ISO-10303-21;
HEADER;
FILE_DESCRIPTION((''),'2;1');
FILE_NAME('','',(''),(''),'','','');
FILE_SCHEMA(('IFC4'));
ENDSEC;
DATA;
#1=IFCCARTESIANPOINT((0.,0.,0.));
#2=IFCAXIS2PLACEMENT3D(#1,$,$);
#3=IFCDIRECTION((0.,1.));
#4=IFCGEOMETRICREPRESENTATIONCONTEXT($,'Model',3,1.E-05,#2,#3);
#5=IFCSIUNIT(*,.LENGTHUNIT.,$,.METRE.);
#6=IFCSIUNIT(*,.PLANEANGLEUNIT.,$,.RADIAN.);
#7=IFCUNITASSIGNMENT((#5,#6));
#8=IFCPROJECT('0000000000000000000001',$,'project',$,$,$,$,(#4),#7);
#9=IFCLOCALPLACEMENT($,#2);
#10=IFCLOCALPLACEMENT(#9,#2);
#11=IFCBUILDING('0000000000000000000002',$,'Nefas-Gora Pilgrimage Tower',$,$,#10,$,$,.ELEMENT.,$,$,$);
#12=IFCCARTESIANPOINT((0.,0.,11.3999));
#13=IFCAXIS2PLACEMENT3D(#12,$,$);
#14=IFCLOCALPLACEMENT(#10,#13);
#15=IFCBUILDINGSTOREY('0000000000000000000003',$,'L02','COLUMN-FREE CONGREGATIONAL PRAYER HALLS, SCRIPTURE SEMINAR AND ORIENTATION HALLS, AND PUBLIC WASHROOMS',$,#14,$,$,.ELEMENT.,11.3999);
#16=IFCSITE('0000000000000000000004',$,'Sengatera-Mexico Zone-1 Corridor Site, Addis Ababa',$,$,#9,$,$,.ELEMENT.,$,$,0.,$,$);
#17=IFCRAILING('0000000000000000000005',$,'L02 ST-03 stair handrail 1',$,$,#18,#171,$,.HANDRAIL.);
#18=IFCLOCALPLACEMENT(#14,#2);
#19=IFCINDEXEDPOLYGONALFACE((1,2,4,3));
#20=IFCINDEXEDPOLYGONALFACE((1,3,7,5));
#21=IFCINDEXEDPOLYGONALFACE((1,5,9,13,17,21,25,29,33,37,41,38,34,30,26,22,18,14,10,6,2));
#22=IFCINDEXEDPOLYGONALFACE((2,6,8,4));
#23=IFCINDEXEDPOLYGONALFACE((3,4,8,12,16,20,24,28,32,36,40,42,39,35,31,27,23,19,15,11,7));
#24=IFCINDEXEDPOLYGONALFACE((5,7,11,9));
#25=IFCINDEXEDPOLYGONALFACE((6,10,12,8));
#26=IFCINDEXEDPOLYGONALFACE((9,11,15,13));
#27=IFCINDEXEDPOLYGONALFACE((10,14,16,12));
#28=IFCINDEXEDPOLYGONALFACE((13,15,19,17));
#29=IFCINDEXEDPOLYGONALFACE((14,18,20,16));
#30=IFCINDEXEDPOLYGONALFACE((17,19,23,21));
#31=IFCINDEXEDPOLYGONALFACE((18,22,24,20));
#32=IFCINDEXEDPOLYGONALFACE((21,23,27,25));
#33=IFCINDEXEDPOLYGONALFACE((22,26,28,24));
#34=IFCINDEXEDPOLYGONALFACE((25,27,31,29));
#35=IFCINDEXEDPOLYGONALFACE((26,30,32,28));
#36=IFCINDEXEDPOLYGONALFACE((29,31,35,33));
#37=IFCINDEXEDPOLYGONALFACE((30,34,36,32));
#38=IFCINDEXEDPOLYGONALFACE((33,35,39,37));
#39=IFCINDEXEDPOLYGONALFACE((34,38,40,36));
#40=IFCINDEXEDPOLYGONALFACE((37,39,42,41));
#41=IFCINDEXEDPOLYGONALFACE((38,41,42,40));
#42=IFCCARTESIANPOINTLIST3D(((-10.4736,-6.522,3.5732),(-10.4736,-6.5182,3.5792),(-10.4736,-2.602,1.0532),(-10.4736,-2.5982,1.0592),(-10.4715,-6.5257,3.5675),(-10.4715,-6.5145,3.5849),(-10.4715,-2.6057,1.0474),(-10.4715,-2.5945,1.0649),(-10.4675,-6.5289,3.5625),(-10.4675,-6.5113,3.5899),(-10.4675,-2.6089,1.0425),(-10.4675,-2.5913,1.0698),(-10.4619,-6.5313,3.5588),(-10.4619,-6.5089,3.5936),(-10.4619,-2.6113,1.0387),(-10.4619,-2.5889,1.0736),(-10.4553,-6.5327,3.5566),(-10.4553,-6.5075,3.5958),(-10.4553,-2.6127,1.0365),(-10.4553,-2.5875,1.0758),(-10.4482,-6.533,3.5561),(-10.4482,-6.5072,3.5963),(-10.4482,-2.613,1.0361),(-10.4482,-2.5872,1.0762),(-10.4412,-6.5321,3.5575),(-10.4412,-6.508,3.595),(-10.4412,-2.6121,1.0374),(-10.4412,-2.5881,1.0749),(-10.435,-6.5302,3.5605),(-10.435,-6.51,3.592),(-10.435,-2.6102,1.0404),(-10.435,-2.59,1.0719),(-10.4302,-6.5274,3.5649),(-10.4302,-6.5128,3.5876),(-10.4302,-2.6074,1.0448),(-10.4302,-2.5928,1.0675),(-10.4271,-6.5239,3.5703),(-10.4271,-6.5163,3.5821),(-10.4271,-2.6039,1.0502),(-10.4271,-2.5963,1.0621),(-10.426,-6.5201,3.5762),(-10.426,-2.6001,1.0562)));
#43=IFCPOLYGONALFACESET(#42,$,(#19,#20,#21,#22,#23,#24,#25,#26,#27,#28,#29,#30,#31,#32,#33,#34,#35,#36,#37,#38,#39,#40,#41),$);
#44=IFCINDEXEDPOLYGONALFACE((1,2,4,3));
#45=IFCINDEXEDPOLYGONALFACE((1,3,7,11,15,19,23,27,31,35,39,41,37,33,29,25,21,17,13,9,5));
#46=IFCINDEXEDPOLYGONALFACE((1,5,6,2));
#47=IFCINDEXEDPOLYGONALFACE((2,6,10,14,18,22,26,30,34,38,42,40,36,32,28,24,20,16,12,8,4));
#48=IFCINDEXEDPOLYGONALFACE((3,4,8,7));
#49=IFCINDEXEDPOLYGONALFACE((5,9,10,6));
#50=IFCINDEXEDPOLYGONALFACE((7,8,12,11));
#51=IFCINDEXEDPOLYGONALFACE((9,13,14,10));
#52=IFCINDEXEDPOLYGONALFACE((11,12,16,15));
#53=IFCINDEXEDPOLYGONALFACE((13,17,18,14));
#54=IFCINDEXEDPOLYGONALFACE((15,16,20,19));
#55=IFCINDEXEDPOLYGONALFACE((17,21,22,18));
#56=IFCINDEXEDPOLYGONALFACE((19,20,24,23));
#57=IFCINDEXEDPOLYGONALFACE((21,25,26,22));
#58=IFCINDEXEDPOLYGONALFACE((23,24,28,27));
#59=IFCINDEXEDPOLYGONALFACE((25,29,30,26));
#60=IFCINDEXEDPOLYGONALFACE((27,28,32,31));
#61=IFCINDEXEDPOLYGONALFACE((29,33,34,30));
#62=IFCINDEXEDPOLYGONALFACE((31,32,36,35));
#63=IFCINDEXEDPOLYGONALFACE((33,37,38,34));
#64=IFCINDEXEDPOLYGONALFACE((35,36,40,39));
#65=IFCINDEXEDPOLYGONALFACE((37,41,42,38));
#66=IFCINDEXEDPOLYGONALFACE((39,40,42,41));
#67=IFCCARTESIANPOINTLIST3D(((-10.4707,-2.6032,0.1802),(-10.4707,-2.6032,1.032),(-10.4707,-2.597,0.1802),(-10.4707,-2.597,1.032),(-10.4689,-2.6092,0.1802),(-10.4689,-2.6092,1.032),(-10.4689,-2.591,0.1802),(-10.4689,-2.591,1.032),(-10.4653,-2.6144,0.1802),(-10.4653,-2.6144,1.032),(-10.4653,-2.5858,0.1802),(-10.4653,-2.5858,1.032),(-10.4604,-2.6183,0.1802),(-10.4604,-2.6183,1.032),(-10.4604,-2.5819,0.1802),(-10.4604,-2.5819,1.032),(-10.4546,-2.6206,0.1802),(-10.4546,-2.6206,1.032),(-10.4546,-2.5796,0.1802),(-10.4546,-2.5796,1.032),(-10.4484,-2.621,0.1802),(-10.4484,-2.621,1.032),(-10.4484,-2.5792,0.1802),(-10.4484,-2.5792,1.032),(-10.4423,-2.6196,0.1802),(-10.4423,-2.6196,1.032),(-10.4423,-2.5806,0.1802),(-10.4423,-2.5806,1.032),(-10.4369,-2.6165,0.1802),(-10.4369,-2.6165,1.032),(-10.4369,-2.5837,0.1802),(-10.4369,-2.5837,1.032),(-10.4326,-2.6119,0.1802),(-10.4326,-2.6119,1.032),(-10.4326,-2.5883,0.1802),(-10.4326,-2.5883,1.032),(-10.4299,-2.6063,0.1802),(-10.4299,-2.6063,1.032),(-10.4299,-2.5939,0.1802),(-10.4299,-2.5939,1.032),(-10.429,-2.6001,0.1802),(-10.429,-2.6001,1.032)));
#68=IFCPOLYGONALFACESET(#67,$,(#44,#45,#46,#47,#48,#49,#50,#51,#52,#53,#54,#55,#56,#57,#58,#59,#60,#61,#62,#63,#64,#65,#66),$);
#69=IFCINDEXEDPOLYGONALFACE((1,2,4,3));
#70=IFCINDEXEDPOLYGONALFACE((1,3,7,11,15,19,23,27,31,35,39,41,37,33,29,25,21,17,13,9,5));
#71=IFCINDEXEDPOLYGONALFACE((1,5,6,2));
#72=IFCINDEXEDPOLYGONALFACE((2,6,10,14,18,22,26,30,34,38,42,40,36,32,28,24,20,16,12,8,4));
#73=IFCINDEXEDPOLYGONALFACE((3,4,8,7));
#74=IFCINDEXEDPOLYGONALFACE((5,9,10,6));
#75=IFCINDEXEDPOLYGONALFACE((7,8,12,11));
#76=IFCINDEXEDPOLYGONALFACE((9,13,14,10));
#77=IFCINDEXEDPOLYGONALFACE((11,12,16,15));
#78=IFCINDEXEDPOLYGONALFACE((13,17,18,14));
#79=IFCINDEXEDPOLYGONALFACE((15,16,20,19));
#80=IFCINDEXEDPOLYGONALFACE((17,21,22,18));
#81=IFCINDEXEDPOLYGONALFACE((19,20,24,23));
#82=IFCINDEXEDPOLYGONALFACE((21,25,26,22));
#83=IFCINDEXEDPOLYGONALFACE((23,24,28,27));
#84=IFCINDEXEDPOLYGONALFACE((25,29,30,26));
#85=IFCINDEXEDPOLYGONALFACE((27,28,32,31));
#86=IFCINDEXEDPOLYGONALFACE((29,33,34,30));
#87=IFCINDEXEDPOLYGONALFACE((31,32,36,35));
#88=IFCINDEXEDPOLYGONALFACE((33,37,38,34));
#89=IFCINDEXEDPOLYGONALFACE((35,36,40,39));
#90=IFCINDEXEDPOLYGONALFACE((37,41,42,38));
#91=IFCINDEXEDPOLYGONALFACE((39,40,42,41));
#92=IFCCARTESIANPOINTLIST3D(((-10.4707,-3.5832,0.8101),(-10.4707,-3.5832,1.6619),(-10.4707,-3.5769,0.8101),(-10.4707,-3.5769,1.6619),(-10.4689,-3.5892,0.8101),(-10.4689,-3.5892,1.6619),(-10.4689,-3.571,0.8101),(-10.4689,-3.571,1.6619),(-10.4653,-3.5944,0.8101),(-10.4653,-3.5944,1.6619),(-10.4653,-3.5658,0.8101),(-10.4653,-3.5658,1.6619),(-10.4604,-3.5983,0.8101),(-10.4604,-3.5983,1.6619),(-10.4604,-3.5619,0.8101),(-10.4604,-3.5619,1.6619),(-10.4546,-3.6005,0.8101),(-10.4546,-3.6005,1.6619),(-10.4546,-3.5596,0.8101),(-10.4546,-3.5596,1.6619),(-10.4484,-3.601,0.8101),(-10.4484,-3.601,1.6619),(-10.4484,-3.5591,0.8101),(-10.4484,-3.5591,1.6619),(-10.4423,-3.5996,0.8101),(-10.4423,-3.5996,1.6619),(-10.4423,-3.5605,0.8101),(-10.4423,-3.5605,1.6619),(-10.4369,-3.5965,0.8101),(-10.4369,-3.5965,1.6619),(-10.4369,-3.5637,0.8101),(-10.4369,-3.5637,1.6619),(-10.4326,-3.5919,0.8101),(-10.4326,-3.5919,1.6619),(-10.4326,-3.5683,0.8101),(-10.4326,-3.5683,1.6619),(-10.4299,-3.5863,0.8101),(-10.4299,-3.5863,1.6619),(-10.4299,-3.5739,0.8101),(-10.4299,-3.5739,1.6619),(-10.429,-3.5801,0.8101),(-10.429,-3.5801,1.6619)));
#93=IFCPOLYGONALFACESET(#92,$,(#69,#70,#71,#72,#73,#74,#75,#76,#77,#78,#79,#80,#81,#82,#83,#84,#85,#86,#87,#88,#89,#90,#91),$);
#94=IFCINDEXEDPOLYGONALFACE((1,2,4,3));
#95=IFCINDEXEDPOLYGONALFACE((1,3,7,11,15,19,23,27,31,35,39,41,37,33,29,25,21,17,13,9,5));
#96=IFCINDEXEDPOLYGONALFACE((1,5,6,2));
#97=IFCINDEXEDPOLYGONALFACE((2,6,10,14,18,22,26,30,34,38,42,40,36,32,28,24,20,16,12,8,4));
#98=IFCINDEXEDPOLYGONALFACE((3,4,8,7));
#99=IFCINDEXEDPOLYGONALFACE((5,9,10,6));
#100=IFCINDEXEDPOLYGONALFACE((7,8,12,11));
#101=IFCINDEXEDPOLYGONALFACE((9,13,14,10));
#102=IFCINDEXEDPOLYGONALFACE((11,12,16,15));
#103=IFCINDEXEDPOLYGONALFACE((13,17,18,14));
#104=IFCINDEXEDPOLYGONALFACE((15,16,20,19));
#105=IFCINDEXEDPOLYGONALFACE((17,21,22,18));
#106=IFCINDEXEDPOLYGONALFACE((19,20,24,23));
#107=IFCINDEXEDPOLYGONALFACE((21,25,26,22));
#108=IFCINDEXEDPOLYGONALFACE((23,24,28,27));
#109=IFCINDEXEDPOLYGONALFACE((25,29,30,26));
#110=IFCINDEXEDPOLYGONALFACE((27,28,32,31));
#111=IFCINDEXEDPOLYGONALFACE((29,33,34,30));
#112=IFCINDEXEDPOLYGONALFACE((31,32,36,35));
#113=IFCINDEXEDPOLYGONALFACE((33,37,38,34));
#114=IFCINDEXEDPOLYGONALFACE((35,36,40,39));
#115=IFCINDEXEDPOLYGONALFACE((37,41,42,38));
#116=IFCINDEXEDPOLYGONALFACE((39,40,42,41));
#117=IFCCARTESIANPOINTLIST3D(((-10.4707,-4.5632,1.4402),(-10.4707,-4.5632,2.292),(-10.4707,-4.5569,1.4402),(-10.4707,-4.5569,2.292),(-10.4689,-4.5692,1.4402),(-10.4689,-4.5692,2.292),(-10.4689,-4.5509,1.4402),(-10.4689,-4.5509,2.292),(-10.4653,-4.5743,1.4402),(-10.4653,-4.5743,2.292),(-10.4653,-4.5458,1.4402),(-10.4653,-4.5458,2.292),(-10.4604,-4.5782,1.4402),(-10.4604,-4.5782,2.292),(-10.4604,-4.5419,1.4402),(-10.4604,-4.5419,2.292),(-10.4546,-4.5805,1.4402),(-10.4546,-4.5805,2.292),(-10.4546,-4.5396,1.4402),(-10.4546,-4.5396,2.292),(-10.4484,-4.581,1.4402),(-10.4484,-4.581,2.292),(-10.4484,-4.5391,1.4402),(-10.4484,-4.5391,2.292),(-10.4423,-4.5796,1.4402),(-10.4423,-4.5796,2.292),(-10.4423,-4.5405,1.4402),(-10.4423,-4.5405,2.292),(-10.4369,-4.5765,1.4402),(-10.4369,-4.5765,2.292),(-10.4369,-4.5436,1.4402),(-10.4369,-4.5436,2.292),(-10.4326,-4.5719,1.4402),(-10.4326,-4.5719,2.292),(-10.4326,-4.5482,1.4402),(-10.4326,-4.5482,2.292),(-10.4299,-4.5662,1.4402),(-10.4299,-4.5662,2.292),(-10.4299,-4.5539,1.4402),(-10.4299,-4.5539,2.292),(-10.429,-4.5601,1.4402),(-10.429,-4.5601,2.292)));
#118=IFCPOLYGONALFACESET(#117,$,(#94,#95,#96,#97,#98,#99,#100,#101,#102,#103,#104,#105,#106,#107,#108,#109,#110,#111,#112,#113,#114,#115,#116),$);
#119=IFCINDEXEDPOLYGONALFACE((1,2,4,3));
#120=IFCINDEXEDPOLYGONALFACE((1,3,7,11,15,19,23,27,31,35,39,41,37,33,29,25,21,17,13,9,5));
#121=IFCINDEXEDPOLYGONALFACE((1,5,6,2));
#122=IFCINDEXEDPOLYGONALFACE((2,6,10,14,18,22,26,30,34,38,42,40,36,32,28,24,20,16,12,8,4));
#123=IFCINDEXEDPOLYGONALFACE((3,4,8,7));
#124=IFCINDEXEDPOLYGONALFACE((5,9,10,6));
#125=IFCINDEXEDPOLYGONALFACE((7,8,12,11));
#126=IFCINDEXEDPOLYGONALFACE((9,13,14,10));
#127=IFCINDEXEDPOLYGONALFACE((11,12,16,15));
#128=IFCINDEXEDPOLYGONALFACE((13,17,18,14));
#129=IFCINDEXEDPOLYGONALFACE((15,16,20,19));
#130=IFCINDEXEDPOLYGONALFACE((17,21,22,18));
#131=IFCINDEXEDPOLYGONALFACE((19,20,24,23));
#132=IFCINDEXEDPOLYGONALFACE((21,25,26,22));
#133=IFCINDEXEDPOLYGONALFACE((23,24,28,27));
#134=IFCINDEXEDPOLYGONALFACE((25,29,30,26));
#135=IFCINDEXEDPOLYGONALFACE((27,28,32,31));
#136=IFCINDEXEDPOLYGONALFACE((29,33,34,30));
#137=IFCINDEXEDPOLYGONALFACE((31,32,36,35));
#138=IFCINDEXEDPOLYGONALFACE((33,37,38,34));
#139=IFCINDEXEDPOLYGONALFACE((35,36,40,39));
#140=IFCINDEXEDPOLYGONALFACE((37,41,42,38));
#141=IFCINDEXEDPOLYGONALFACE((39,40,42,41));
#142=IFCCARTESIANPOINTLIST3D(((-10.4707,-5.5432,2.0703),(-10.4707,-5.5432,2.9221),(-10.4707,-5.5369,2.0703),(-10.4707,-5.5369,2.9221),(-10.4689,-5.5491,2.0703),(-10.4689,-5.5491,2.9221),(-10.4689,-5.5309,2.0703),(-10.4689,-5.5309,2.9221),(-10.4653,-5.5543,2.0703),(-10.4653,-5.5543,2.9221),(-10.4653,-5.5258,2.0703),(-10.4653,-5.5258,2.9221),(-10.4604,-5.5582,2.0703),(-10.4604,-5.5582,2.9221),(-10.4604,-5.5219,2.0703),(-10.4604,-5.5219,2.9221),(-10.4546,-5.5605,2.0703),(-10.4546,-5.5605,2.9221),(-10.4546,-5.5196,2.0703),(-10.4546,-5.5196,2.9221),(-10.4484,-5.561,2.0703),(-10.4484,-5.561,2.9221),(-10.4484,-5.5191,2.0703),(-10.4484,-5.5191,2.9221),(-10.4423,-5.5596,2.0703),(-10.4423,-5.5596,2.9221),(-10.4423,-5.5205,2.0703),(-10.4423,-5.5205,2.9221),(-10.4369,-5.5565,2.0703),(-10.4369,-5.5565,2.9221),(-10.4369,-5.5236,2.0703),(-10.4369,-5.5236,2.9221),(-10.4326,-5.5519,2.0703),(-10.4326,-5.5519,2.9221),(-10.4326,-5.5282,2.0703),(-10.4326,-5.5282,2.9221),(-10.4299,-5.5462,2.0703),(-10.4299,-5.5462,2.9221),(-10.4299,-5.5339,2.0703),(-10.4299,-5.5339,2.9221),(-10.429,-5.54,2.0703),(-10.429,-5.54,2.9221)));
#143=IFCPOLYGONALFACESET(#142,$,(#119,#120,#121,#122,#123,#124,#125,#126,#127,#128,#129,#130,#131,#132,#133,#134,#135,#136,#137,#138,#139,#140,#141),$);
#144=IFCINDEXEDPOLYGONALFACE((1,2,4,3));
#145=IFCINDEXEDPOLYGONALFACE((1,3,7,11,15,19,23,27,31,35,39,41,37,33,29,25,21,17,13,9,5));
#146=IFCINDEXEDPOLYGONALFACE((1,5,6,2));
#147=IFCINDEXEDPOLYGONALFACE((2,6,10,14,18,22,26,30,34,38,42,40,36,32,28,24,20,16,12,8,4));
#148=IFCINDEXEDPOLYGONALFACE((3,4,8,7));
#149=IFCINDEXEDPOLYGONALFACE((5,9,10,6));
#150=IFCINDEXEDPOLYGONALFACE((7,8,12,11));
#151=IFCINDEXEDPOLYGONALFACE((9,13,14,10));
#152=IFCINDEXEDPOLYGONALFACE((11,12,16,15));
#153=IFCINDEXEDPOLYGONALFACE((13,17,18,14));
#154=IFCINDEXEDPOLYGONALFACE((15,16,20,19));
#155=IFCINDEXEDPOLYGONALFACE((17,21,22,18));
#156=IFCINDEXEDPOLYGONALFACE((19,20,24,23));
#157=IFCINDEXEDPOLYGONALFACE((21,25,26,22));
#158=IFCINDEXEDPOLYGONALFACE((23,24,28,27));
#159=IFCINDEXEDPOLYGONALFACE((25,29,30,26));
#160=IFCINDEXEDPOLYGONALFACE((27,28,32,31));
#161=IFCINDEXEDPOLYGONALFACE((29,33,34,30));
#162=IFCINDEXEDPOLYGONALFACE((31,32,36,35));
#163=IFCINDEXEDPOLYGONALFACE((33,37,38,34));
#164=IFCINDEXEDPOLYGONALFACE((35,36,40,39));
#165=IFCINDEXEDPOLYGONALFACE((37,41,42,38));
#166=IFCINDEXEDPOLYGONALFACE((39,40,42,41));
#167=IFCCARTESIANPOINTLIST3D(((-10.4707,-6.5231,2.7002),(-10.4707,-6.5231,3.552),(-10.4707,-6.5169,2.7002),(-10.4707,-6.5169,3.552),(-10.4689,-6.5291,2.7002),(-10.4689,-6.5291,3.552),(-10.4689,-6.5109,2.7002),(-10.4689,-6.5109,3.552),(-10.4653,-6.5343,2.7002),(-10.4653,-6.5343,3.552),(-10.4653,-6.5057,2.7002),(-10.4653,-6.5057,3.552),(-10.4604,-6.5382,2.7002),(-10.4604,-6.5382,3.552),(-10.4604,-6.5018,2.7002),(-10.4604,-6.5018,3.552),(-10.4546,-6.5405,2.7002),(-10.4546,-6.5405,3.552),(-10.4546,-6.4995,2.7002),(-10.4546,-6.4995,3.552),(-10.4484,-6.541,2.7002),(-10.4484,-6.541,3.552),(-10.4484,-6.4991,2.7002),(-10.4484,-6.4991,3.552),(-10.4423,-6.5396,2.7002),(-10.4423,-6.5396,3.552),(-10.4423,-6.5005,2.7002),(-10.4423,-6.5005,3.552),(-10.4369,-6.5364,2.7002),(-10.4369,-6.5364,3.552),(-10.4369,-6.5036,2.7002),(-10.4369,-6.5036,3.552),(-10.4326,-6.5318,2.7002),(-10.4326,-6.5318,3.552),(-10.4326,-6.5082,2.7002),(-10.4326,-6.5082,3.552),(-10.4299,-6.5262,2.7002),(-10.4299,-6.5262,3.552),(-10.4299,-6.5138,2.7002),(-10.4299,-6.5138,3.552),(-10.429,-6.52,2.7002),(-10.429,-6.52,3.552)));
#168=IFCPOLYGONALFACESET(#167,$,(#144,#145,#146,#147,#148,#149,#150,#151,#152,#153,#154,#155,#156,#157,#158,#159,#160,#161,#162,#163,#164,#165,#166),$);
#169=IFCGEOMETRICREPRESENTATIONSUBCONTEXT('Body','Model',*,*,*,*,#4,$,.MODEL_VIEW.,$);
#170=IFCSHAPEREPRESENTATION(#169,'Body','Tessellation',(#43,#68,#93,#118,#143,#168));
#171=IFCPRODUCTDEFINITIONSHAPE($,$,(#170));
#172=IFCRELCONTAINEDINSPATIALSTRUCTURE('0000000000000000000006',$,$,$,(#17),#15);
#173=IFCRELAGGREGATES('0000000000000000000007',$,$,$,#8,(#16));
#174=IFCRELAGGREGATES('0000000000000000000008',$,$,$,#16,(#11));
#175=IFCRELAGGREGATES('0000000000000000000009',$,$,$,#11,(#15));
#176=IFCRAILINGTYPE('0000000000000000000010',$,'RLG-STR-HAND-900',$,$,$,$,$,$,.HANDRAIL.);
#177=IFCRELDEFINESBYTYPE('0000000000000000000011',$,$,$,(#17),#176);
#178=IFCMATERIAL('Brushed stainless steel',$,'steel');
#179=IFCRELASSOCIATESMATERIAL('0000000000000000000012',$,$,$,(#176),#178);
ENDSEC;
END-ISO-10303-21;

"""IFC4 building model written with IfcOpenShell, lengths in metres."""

from ifc_helpers import new_model, si_unit, direction, frame, origin, origin_2d, place, context, subcontext, project, spatial, circle, extrude, material, type_object, element, save


model = new_model("IFC4")

# Units and contexts
model_context = context("Model", 3, precision=1e-05, world=origin(), true_north=direction((0.0, 1.0)))
body_context = subcontext(model_context, "Body", "Model", "MODEL_VIEW")
ifc_project = project(units=[si_unit("LENGTHUNIT", "METRE"), si_unit("PLANEANGLEUNIT", "RADIAN")], contexts=[model_context])

# Site, building, storey
site_placement = place(None, origin())
site = spatial("IfcSite", under=ifc_project, at=site_placement, Name="Sengatera-Mexico Zone-1 Corridor Site, Addis Ababa", CompositionType="ELEMENT", RefElevation=0.0)
building_placement = place(site_placement, origin())
building = spatial("IfcBuilding", under=site, at=building_placement, Name="Nefas-Gora Pilgrimage Tower", CompositionType="ELEMENT")
storey_placement = place(building_placement, frame((0.0, 0.0, 11.3999)))
storey = spatial("IfcBuildingStorey", under=building, at=storey_placement, Name="L02", Description="COLUMN-FREE CONGREGATIONAL PRAYER HALLS, SCRIPTURE SEMINAR AND ORIENTATION HALLS, AND PUBLIC WASHROOMS", CompositionType="ELEMENT", Elevation=11.3999)

# Railing
ifc_material_1 = material(Name="Brushed stainless steel", Category="steel")
railing_type_1 = type_object("IfcRailingType", Name="RLG-STR-HAND-900", PredefinedType="HANDRAIL", material=ifc_material_1)
railing_1_placement = place(storey_placement, frame((-10.45, -2.6001, 0.1802)))
element("IfcRailing", 1, at=railing_1_placement, inside=storey, type_object=railing_type_1, Name="L02 ST-03 stair handrail 1", PredefinedType="HANDRAIL", context=body_context, shape_type="SweptSolid", body=[
    extrude(circle(Radius=0.0239, at=origin_2d()), frame((0.0, 0.0, 0.876), z_axis=(0.0, -0.841172, 0.540768), x_axis=(1.0, 0.0, 0.0)), (0.0, 0.0, 1.0), 4.6602),
    extrude(circle(Radius=0.021, at=origin_2d()), origin(), (0.0, 0.0, 1.0), 0.8518),
    extrude(circle(Radius=0.021, at=origin_2d()), frame((0.0, -0.98, 0.6299)), (0.0, 0.0, 1.0), 0.8518),
    extrude(circle(Radius=0.021, at=origin_2d()), frame((0.0, -1.96, 1.26)), (0.0, 0.0, 1.0), 0.8518),
    extrude(circle(Radius=0.021, at=origin_2d()), frame((0.0, -2.9399, 1.8901)), (0.0, 0.0, 1.0), 0.8518),
    extrude(circle(Radius=0.021, at=origin_2d()), frame((0.0, -3.9199, 2.52)), (0.0, 0.0, 1.0), 0.8518),
])

save(model, "model.ifc")
